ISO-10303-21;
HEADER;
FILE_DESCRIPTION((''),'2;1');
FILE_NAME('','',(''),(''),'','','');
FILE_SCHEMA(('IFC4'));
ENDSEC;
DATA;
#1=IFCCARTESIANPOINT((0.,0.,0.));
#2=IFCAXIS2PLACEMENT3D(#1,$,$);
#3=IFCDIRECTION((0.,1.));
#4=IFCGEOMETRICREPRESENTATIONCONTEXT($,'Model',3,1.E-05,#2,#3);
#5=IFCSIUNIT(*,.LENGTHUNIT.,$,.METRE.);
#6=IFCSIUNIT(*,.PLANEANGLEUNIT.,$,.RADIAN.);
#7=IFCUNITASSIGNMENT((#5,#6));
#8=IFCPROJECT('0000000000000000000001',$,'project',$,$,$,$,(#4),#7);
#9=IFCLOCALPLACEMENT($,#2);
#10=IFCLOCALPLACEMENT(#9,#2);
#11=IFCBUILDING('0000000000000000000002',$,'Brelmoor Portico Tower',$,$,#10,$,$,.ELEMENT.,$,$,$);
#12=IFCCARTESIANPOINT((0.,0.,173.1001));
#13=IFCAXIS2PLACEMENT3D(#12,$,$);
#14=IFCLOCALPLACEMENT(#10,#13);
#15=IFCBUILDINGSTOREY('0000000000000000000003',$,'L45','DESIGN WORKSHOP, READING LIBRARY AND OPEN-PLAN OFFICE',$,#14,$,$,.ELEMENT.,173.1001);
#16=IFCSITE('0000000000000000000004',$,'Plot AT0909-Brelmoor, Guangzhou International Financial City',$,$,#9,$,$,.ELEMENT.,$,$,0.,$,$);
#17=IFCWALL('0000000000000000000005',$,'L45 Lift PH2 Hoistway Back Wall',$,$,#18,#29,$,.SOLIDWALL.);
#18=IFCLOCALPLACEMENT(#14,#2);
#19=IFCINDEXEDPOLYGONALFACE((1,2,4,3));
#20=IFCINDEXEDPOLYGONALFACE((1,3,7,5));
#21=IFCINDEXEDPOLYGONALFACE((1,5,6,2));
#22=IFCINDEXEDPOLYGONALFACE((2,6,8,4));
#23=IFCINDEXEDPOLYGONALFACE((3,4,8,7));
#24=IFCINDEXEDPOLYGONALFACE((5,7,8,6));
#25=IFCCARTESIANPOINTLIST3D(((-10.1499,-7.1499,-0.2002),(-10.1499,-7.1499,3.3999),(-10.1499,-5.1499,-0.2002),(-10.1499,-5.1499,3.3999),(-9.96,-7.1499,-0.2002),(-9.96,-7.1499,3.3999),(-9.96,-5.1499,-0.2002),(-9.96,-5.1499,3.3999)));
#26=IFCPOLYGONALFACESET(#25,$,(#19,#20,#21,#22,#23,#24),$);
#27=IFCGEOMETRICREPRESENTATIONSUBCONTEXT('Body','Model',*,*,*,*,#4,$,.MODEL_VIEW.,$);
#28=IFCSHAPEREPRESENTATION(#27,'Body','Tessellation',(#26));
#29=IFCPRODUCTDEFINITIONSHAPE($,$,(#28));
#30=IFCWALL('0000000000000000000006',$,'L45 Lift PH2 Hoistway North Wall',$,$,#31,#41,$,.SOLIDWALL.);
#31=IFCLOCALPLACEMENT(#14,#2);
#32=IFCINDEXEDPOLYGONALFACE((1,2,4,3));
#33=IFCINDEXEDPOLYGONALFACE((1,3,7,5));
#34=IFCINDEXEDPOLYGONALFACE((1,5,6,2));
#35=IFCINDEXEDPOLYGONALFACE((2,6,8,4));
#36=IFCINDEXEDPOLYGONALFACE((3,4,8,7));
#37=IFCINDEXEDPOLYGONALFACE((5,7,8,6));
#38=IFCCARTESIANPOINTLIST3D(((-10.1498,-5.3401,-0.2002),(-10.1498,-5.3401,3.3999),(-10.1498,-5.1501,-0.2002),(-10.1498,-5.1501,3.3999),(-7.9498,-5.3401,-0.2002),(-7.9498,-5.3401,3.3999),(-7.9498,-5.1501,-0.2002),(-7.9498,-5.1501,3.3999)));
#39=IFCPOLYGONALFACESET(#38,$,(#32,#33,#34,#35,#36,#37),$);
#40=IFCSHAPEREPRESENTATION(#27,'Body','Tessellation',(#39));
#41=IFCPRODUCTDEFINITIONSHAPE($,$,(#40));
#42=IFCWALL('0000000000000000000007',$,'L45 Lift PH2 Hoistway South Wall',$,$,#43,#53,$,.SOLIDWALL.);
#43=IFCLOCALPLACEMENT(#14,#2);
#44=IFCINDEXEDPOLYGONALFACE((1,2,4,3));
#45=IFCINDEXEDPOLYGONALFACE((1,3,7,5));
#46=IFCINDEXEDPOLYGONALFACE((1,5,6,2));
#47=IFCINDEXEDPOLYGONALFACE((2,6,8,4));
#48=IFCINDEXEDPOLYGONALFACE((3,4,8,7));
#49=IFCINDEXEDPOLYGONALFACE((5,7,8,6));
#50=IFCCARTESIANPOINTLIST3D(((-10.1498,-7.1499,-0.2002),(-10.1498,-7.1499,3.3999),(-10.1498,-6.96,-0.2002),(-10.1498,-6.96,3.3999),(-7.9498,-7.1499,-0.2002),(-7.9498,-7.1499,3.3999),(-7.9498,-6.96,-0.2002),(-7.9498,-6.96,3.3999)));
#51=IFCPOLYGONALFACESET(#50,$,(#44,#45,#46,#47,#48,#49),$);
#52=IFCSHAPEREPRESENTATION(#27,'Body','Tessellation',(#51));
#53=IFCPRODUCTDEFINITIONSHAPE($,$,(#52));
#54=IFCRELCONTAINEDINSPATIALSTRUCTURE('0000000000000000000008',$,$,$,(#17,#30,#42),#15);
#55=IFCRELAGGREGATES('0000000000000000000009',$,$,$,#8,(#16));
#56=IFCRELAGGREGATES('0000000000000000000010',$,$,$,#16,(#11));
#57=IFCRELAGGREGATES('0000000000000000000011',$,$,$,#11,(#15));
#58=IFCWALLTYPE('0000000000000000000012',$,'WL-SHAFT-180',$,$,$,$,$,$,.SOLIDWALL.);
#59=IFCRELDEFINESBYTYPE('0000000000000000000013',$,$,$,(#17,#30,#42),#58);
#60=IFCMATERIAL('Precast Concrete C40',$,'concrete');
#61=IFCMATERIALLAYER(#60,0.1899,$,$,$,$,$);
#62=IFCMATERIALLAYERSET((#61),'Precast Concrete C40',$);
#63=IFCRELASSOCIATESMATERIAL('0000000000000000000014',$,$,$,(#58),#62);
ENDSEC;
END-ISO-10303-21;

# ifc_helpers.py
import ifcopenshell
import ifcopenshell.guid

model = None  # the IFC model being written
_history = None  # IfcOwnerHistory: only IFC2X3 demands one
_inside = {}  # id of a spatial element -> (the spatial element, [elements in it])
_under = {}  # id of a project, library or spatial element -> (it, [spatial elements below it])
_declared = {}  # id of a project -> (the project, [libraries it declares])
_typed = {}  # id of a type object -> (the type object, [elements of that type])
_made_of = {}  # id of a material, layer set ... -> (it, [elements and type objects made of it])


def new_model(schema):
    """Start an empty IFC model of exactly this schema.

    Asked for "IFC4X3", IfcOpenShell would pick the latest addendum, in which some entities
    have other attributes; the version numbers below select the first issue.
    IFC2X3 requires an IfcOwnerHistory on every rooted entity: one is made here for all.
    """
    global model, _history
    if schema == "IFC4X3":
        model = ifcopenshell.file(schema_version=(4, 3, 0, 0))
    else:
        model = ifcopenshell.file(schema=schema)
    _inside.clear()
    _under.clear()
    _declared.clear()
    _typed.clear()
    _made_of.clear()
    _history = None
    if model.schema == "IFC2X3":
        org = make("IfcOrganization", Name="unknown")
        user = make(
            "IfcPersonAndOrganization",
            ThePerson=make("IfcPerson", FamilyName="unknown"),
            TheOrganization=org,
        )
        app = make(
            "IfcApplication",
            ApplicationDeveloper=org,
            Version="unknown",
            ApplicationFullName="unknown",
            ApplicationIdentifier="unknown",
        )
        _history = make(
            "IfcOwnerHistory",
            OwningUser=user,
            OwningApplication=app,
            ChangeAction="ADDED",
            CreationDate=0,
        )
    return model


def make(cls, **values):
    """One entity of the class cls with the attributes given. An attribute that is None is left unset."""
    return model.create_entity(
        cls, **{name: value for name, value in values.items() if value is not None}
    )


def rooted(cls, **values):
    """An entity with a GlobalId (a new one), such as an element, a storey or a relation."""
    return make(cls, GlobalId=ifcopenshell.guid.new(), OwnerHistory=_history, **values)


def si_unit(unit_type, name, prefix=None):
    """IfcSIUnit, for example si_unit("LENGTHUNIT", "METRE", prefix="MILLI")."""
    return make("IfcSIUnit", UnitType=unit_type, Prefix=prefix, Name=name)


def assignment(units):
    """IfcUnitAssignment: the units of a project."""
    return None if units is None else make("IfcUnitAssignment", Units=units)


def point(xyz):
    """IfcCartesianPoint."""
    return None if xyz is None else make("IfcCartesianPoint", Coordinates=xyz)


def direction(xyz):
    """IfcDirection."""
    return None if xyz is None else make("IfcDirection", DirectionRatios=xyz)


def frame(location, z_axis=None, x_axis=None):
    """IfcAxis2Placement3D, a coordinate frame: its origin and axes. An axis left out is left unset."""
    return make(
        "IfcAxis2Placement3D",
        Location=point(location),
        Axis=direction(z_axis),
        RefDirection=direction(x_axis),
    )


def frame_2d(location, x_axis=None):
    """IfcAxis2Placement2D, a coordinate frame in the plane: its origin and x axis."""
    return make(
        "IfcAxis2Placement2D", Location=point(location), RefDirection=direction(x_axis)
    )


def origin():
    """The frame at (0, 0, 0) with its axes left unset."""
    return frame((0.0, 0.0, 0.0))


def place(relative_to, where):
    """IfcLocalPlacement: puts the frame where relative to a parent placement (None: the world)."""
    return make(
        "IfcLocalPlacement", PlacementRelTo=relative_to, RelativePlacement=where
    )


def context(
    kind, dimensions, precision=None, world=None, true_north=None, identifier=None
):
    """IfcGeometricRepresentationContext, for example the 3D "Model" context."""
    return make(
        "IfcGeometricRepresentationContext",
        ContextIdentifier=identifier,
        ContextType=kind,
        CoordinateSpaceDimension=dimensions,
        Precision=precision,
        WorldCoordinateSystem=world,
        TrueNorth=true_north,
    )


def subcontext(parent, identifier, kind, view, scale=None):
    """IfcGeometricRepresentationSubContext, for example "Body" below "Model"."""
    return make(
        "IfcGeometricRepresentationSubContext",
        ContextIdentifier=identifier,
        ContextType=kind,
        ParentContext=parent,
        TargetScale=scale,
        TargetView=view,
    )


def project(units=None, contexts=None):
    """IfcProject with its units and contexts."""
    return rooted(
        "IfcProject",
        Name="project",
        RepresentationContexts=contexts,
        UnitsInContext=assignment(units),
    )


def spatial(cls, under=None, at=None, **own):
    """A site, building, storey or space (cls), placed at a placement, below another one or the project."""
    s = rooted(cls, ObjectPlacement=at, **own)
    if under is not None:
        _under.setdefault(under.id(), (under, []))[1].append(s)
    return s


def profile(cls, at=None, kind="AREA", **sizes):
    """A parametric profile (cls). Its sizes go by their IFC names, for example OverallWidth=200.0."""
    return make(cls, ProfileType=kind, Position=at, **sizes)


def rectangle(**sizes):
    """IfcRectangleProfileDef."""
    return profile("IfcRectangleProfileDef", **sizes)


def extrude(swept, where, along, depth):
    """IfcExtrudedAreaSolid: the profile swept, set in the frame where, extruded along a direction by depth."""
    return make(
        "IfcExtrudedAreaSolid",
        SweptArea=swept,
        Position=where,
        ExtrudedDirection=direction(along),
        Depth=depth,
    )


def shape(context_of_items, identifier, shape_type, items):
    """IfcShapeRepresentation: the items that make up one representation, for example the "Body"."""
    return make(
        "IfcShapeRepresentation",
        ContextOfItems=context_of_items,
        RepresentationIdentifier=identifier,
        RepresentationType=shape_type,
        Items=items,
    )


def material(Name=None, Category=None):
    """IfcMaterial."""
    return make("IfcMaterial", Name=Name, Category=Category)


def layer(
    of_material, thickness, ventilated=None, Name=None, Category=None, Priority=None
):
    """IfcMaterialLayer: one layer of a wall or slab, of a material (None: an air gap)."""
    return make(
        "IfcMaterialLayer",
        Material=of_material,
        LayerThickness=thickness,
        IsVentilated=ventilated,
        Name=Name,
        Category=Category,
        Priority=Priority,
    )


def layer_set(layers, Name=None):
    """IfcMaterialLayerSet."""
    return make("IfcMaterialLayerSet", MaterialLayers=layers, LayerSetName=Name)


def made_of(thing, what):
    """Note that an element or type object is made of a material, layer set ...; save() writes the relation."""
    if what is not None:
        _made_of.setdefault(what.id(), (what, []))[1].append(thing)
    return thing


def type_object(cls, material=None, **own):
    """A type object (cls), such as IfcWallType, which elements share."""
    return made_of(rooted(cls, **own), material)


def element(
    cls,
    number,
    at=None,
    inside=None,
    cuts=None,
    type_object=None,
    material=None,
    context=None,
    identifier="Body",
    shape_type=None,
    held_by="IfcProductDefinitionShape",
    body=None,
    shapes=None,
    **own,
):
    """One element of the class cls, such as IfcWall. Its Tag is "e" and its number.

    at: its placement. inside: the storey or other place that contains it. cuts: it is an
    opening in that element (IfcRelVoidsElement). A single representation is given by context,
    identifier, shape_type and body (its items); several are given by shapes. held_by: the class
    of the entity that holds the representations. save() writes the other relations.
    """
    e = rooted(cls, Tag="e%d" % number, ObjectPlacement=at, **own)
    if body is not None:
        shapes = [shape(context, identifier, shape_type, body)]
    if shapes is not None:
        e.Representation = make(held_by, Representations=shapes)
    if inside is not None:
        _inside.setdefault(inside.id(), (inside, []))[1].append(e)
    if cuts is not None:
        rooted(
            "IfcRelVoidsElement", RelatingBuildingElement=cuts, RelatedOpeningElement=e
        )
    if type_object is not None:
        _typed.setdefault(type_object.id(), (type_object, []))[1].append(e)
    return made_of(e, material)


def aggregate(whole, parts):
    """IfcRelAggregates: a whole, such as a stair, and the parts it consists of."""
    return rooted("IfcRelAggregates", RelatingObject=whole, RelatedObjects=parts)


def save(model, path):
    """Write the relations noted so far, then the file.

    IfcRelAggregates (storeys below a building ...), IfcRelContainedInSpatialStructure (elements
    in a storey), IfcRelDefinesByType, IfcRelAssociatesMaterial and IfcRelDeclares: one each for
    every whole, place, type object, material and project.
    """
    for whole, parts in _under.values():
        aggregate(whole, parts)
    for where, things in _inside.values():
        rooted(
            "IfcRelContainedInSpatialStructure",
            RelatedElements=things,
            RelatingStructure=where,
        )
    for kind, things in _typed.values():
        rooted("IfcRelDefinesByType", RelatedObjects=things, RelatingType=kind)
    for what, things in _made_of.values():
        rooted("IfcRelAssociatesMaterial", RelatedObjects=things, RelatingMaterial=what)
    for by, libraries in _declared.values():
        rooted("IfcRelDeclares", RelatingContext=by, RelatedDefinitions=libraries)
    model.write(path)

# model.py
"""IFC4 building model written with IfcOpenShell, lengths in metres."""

from ifc_helpers import new_model, si_unit, direction, frame, frame_2d, origin, place, context, subcontext, project, spatial, rectangle, extrude, material, layer, layer_set, type_object, element, save


model = new_model("IFC4")

# Units and contexts
model_context = context("Model", 3, precision=1e-05, world=origin(), true_north=direction((0.0, 1.0)))
body_context = subcontext(model_context, "Body", "Model", "MODEL_VIEW")
ifc_project = project(units=[si_unit("LENGTHUNIT", "METRE"), si_unit("PLANEANGLEUNIT", "RADIAN")], contexts=[model_context])

# Site, building, storey
site_placement = place(None, origin())
site = spatial("IfcSite", under=ifc_project, at=site_placement, Name="Plot AT0909-Brelmoor, Guangzhou International Financial City", CompositionType="ELEMENT", RefElevation=0.0)
building_placement = place(site_placement, origin())
building = spatial("IfcBuilding", under=site, at=building_placement, Name="Brelmoor Portico Tower", CompositionType="ELEMENT")
storey_placement = place(building_placement, frame((0.0, 0.0, 173.1001)))
storey = spatial("IfcBuildingStorey", under=building, at=storey_placement, Name="L45", Description="DESIGN WORKSHOP, READING LIBRARY AND OPEN-PLAN OFFICE", CompositionType="ELEMENT", Elevation=173.1001)

# Shared definitions
ifc_material_1 = material(Name="Precast Concrete C40", Category="concrete")
ifc_layer_1 = layer(ifc_material_1, 0.1899)
ifc_layer_set_1 = layer_set([ifc_layer_1], Name="Precast Concrete C40")
wall_type_1 = type_object("IfcWallType", Name="WL-SHAFT-180", PredefinedType="SOLIDWALL", material=ifc_layer_set_1)

# Walls
wall_1_placement = place(storey_placement, frame((-10.0549, -7.1499, -0.2002), z_axis=(0.0, 0.0, 1.0), x_axis=(0.0, 1.0, 0.0)))
element("IfcWall", 1, at=wall_1_placement, inside=storey, type_object=wall_type_1, Name="L45 Lift PH2 Hoistway Back Wall", PredefinedType="SOLIDWALL", context=body_context, shape_type="SweptSolid", body=[
    extrude(rectangle(XDim=2.0, YDim=0.1899, at=frame_2d((1.0, 0.0))), origin(), (0.0, 0.0, 1.0), 3.6001),
])
for number, where, z_axis, x_axis, name in (
    (2, (-10.1499, -5.2451, -0.2002), (0.0, 0.0, 1.0), (1.0, 0.0, 0.0), "L45 Lift PH2 Hoistway North Wall"),
    (3, (-10.1499, -7.0549, -0.2002), (0.0, 0.0, 1.0), (1.0, 0.0, 0.0), "L45 Lift PH2 Hoistway South Wall"),
):
    element("IfcWall", number, at=place(storey_placement, frame(where, z_axis=z_axis, x_axis=x_axis)), inside=storey, type_object=wall_type_1, Name=name, PredefinedType="SOLIDWALL", context=body_context, shape_type="SweptSolid", body=[
        extrude(rectangle(XDim=2.2, YDim=0.1899, at=frame_2d((1.1001, 0.0))), origin(), (0.0, 0.0, 1.0), 3.6001),
    ])

save(model, "model.ifc")
